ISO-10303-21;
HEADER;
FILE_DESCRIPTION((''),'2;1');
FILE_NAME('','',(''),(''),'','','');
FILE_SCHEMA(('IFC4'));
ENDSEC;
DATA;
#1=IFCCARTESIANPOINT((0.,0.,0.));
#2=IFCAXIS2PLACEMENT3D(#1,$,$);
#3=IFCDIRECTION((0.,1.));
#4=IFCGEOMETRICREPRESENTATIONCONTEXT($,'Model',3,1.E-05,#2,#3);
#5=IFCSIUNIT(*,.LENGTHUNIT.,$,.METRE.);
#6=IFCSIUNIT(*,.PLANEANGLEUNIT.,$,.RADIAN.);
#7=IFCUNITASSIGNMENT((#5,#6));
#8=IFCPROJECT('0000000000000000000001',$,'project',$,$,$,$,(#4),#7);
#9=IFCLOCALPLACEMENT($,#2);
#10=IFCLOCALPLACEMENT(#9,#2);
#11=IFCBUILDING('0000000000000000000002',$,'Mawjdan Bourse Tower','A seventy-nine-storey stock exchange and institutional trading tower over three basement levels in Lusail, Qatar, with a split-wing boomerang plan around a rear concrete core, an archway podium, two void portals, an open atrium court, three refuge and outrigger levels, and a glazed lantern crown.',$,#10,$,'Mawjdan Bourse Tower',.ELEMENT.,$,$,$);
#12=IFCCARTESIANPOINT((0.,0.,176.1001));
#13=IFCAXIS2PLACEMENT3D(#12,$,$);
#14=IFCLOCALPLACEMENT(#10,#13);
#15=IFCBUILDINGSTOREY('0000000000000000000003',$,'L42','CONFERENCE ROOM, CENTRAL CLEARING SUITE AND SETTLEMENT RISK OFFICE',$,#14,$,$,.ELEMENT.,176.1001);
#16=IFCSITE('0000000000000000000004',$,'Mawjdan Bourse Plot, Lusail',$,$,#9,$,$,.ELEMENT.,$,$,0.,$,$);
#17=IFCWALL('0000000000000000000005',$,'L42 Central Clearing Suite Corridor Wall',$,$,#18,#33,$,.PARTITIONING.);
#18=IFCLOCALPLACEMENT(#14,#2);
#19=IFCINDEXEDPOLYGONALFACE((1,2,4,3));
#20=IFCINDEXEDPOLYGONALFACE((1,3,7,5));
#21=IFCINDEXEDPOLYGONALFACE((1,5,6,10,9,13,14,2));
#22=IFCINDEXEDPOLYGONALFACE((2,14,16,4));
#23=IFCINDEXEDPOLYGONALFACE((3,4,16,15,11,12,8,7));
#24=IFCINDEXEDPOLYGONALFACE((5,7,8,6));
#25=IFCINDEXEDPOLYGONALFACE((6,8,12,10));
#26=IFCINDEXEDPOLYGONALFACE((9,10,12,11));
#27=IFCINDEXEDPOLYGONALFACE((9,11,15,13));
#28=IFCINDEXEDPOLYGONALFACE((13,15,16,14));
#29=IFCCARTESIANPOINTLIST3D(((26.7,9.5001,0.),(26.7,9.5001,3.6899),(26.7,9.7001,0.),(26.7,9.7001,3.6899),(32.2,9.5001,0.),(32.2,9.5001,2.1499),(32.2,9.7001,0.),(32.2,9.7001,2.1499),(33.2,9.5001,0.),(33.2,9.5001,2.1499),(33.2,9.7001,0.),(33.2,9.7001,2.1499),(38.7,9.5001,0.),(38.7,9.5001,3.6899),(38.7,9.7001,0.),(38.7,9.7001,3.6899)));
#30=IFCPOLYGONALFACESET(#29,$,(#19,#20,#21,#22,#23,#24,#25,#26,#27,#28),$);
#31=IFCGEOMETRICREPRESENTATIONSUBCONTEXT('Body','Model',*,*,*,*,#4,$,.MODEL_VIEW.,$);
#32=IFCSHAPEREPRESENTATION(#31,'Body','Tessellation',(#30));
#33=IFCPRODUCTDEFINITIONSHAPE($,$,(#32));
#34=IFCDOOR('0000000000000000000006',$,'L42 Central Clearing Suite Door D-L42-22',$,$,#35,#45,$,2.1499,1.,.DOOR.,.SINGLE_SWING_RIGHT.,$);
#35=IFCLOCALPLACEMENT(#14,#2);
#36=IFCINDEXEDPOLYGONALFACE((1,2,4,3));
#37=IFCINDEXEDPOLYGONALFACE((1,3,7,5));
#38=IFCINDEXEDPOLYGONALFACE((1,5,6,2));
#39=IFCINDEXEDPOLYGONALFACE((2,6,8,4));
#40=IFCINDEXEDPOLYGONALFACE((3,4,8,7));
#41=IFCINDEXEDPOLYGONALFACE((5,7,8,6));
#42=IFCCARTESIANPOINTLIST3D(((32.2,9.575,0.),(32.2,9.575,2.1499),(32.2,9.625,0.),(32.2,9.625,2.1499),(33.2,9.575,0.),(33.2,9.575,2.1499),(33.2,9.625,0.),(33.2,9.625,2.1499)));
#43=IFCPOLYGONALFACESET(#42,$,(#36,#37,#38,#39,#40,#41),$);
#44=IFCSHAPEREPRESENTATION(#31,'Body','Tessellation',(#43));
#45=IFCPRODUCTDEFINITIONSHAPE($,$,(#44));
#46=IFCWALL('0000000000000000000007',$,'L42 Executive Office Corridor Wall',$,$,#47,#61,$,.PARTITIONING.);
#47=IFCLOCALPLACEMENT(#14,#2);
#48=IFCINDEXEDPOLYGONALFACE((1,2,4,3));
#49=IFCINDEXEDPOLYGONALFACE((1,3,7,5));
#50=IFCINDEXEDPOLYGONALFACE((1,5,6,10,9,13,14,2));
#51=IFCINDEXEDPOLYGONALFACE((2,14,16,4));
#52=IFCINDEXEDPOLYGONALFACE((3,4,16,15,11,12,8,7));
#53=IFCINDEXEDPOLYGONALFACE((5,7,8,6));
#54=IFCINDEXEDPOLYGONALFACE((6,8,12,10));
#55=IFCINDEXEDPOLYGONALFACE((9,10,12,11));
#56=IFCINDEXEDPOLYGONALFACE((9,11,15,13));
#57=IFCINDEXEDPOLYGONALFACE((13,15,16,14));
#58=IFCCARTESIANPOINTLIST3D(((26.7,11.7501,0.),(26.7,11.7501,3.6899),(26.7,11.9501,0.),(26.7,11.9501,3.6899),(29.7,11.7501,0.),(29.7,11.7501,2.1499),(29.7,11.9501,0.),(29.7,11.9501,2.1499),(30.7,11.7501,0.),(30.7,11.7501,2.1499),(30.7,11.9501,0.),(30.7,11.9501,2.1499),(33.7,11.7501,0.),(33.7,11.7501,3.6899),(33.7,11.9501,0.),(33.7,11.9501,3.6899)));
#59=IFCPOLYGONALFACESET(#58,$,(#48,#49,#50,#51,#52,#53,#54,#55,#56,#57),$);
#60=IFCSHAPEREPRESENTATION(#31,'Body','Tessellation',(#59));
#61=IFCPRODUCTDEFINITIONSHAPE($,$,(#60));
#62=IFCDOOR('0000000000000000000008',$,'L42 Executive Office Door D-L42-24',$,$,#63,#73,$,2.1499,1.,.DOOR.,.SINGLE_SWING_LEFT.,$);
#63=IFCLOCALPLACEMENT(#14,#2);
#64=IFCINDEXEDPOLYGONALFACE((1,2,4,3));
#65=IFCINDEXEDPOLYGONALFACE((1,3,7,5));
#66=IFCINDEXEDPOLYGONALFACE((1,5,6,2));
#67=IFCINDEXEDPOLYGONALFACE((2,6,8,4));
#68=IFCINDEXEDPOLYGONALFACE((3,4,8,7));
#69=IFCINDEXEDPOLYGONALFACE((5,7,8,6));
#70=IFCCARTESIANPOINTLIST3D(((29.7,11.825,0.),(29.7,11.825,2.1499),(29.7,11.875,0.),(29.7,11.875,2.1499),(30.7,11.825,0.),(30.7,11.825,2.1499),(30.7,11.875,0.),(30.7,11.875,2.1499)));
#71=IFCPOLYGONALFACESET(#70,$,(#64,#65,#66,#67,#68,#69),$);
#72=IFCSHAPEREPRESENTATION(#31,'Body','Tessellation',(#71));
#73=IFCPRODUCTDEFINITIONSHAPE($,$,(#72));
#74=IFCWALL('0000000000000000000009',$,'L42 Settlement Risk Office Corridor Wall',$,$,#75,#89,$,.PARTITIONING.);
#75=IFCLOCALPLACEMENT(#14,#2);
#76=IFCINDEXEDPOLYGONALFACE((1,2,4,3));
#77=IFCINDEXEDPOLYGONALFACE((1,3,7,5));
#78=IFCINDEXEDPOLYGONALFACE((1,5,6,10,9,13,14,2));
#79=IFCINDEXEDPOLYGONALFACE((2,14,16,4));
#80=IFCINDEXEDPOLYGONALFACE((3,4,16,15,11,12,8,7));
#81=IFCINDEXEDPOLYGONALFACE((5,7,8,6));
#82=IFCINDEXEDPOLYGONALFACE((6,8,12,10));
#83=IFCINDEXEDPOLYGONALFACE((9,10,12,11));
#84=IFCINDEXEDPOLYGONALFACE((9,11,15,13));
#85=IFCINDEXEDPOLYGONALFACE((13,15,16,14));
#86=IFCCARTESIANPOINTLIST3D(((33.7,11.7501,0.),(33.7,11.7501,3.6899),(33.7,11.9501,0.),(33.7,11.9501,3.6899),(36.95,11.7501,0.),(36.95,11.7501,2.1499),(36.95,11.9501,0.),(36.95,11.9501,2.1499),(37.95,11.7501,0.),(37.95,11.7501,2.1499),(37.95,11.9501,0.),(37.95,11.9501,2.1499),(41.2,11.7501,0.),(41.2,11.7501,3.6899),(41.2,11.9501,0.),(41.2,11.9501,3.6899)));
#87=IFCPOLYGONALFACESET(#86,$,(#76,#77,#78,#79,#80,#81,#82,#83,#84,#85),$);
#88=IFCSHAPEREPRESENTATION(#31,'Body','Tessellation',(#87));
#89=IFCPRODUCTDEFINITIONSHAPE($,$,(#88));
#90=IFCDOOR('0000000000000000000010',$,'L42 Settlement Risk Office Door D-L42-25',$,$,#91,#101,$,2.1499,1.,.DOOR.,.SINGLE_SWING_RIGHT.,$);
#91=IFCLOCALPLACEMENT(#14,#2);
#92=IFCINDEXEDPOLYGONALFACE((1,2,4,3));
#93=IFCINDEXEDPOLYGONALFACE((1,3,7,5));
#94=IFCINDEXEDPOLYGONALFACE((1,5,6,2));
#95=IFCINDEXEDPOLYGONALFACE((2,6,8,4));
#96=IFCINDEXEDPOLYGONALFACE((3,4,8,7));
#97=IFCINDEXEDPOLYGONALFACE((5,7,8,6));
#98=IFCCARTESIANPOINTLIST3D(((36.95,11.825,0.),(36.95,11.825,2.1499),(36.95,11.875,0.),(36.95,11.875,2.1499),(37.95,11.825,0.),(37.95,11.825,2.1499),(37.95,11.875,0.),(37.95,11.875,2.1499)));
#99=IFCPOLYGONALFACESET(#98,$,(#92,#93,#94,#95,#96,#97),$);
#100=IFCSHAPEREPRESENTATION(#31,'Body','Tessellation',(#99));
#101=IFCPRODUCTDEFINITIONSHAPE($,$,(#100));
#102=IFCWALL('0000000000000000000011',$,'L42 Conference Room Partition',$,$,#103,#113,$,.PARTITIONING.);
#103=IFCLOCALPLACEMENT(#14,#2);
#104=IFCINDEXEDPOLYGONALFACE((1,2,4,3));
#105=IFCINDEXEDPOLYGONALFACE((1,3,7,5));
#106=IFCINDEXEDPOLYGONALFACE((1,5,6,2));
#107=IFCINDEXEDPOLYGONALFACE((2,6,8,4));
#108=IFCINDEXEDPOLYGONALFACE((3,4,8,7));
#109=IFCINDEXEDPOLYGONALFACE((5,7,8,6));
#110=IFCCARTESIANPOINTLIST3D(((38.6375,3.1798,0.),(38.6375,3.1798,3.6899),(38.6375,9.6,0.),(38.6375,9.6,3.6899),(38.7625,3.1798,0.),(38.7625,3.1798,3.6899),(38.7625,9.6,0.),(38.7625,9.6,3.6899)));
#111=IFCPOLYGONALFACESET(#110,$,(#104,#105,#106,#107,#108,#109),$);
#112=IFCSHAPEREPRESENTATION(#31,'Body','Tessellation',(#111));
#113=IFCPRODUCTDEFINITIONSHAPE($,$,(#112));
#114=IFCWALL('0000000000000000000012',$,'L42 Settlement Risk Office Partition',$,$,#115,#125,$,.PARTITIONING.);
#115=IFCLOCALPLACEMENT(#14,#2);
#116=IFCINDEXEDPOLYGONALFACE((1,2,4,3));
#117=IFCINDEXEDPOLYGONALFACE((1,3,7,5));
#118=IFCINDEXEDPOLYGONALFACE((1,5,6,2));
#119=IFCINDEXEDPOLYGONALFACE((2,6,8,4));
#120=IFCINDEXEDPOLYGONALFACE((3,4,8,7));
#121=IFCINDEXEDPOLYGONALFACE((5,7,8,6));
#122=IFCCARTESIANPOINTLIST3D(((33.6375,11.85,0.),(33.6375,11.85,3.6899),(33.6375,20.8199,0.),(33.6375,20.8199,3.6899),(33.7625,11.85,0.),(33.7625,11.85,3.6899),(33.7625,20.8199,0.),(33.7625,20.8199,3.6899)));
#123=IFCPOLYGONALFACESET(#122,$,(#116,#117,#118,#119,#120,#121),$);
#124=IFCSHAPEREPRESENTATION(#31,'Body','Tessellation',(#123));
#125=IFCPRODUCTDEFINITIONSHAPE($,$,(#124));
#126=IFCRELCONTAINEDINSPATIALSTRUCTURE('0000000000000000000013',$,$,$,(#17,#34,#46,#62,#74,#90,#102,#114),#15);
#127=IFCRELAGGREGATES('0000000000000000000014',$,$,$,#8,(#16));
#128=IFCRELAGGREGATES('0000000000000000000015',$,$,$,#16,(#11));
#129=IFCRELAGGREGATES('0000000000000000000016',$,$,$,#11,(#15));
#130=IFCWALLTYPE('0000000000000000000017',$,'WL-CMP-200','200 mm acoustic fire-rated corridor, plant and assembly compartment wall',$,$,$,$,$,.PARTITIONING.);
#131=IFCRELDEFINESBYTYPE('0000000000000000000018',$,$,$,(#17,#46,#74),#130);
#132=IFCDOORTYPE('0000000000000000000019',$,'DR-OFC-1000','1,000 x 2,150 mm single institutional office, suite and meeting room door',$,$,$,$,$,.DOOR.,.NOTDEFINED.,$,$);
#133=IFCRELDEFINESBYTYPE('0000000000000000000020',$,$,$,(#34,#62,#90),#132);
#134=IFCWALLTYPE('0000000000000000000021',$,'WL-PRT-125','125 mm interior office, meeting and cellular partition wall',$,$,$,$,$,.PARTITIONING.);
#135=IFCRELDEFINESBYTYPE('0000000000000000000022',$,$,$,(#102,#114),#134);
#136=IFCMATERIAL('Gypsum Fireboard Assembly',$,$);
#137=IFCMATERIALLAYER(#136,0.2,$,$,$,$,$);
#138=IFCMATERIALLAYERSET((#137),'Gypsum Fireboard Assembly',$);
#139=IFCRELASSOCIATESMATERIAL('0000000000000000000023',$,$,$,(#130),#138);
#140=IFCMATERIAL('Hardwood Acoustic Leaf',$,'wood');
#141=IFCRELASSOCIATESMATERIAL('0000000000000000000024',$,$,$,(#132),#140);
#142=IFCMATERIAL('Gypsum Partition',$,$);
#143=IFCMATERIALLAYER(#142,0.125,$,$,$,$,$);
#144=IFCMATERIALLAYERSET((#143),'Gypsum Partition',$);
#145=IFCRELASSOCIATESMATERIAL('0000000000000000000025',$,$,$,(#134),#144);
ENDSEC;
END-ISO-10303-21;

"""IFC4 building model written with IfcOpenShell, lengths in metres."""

from ifc_helpers import new_model, si_unit, direction, frame, frame_2d, origin, place, context, subcontext, project, spatial, rectangle, extrude, material, layer, layer_set, type_object, element, fill, save


model = new_model("IFC4")

# Units and contexts
model_context = context("Model", 3, precision=1e-05, world=origin(), true_north=direction((0.0, 1.0)))
body_context = subcontext(model_context, "Body", "Model", "MODEL_VIEW")
ifc_project = project(units=[si_unit("LENGTHUNIT", "METRE"), si_unit("PLANEANGLEUNIT", "RADIAN")], contexts=[model_context])

# Site, building, storey
site_placement = place(None, origin())
site = spatial("IfcSite", under=ifc_project, at=site_placement, Name="Mawjdan Bourse Plot, Lusail", CompositionType="ELEMENT", RefElevation=0.0)
building_placement = place(site_placement, origin())
building = spatial("IfcBuilding", under=site, at=building_placement, Name="Mawjdan Bourse Tower", Description="A seventy-nine-storey stock exchange and institutional trading tower over three basement levels in Lusail, Qatar, with a split-wing boomerang plan around a rear concrete core, an archway podium, two void portals, an open atrium court, three refuge and outrigger levels, and a glazed lantern crown.", LongName="Mawjdan Bourse Tower", CompositionType="ELEMENT")
storey_placement = place(building_placement, frame((0.0, 0.0, 176.1001)))
storey = spatial("IfcBuildingStorey", under=building, at=storey_placement, Name="L42", Description="CONFERENCE ROOM, CENTRAL CLEARING SUITE AND SETTLEMENT RISK OFFICE", CompositionType="ELEMENT", Elevation=176.1001)

# Shared definitions
ifc_material_1 = material(Name="Gypsum Fireboard Assembly")
ifc_layer_1 = layer(ifc_material_1, 0.2)
ifc_layer_set_1 = layer_set([ifc_layer_1], Name="Gypsum Fireboard Assembly")
wall_type_1 = type_object("IfcWallType", Name="WL-CMP-200", Description="200 mm acoustic fire-rated corridor, plant and assembly compartment wall", PredefinedType="PARTITIONING", material=ifc_layer_set_1)

# Walls, openings, doors
wall_1_placement = place(storey_placement, frame((26.7, 9.6001, 0.0), z_axis=(0.0, 0.0, 1.0), x_axis=(1.0, 0.0, 0.0)))
wall_1 = element("IfcWall", 1, at=wall_1_placement, inside=storey, type_object=wall_type_1, Name="L42 Central Clearing Suite Corridor Wall", PredefinedType="PARTITIONING", context=body_context, shape_type="SweptSolid", body=[
    extrude(rectangle(XDim=12.0, YDim=0.2, at=frame_2d((6.0, 0.0))), origin(), (0.0, 0.0, 1.0), 3.6899),
])
opening_1_placement = place(wall_1_placement, frame((5.5, 0.0, 0.0)))
opening_1 = element("IfcOpeningElement", 2, at=opening_1_placement, cuts=wall_1, PredefinedType="OPENING", context=body_context, shape_type="SweptSolid", body=[
    extrude(rectangle(XDim=1.0, YDim=2.1499, at=frame_2d((0.5, 1.075))), frame((0.0, 0.1099, 0.0), z_axis=(0.0, -1.0, 0.0), x_axis=(1.0, 0.0, 0.0)), (0.0, 0.0, 1.0), 0.22),
])
ifc_material_2 = material(Name="Hardwood Acoustic Leaf", Category="wood")
door_type = type_object("IfcDoorType", Name="DR-OFC-1000", Description="1,000 x 2,150 mm single institutional office, suite and meeting room door", OperationType="NOTDEFINED", PredefinedType="DOOR", material=ifc_material_2)
door_1_placement = place(opening_1_placement, origin())
door_1 = element("IfcDoor", 3, at=door_1_placement, inside=storey, type_object=door_type, Name="L42 Central Clearing Suite Door D-L42-22", OperationType="SINGLE_SWING_RIGHT", OverallHeight=2.1499, OverallWidth=1.0, PredefinedType="DOOR", context=body_context, shape_type="SweptSolid", body=[
    extrude(rectangle(XDim=1.0, YDim=2.1499, at=frame_2d((0.5, 1.075))), frame((0.0, 0.0249, 0.0), z_axis=(0.0, -1.0, 0.0), x_axis=(1.0, 0.0, 0.0)), (0.0, 0.0, 1.0), 0.05),
])
fill(opening_1, door_1)
wall_2_placement = place(storey_placement, frame((26.7, 11.8501, 0.0), z_axis=(0.0, 0.0, 1.0), x_axis=(1.0, 0.0, 0.0)))
wall_2 = element("IfcWall", 4, at=wall_2_placement, inside=storey, type_object=wall_type_1, Name="L42 Executive Office Corridor Wall", PredefinedType="PARTITIONING", context=body_context, shape_type="SweptSolid", body=[
    extrude(rectangle(XDim=7.0, YDim=0.2, at=frame_2d((3.5, 0.0))), origin(), (0.0, 0.0, 1.0), 3.6899),
])
opening_2_placement = place(wall_2_placement, frame((3.0, 0.0, 0.0)))
opening_2 = element("IfcOpeningElement", 5, at=opening_2_placement, cuts=wall_2, PredefinedType="OPENING", context=body_context, shape_type="SweptSolid", body=[
    extrude(rectangle(XDim=1.0, YDim=2.1499, at=frame_2d((0.5, 1.075))), frame((0.0, 0.1099, 0.0), z_axis=(0.0, -1.0, 0.0), x_axis=(1.0, 0.0, 0.0)), (0.0, 0.0, 1.0), 0.22),
])
door_2_placement = place(opening_2_placement, origin())
door_2 = element("IfcDoor", 6, at=door_2_placement, inside=storey, type_object=door_type, Name="L42 Executive Office Door D-L42-24", OperationType="SINGLE_SWING_LEFT", OverallHeight=2.1499, OverallWidth=1.0, PredefinedType="DOOR", context=body_context, shape_type="SweptSolid", body=[
    extrude(rectangle(XDim=1.0, YDim=2.1499, at=frame_2d((0.5, 1.075))), frame((0.0, 0.0249, 0.0), z_axis=(0.0, -1.0, 0.0), x_axis=(1.0, 0.0, 0.0)), (0.0, 0.0, 1.0), 0.05),
])
fill(opening_2, door_2)
wall_3_placement = place(storey_placement, frame((33.7, 11.8501, 0.0), z_axis=(0.0, 0.0, 1.0), x_axis=(1.0, 0.0, 0.0)))
wall_3 = element("IfcWall", 7, at=wall_3_placement, inside=storey, type_object=wall_type_1, Name="L42 Settlement Risk Office Corridor Wall", PredefinedType="PARTITIONING", context=body_context, shape_type="SweptSolid", body=[
    extrude(rectangle(XDim=7.5, YDim=0.2, at=frame_2d((3.75, 0.0))), origin(), (0.0, 0.0, 1.0), 3.6899),
])
opening_3_placement = place(wall_3_placement, frame((3.25, 0.0, 0.0)))
opening_3 = element("IfcOpeningElement", 8, at=opening_3_placement, cuts=wall_3, PredefinedType="OPENING", context=body_context, shape_type="SweptSolid", body=[
    extrude(rectangle(XDim=1.0, YDim=2.1499, at=frame_2d((0.5, 1.075))), frame((0.0, 0.1099, 0.0), z_axis=(0.0, -1.0, 0.0), x_axis=(1.0, 0.0, 0.0)), (0.0, 0.0, 1.0), 0.22),
])
door_3_placement = place(opening_3_placement, origin())
door_3 = element("IfcDoor", 9, at=door_3_placement, inside=storey, type_object=door_type, Name="L42 Settlement Risk Office Door D-L42-25", OperationType="SINGLE_SWING_RIGHT", OverallHeight=2.1499, OverallWidth=1.0, PredefinedType="DOOR", context=body_context, shape_type="SweptSolid", body=[
    extrude(rectangle(XDim=1.0, YDim=2.1499, at=frame_2d((0.5, 1.075))), frame((0.0, 0.0249, 0.0), z_axis=(0.0, -1.0, 0.0), x_axis=(1.0, 0.0, 0.0)), (0.0, 0.0, 1.0), 0.05),
])
fill(opening_3, door_3)

# Walls
ifc_material_3 = material(Name="Gypsum Partition")
ifc_layer_2 = layer(ifc_material_3, 0.125)
ifc_layer_set_2 = layer_set([ifc_layer_2], Name="Gypsum Partition")
wall_type_2 = type_object("IfcWallType", Name="WL-PRT-125", Description="125 mm interior office, meeting and cellular partition wall", PredefinedType="PARTITIONING", material=ifc_layer_set_2)
wall_4_placement = place(storey_placement, frame((38.7, 3.1799, 0.0), z_axis=(0.0, 0.0, 1.0), x_axis=(0.0, 1.0, 0.0)))
element("IfcWall", 10, at=wall_4_placement, inside=storey, type_object=wall_type_2, Name="L42 Conference Room Partition", PredefinedType="PARTITIONING", context=body_context, shape_type="SweptSolid", body=[
    extrude(rectangle(XDim=6.4202, YDim=0.125, at=frame_2d((3.21, 0.0))), origin(), (0.0, 0.0, 1.0), 3.6899),
])
wall_5_placement = place(storey_placement, frame((33.7, 11.8501, 0.0), z_axis=(0.0, 0.0, 1.0), x_axis=(0.0, 1.0, 0.0)))
element("IfcWall", 11, at=wall_5_placement, inside=storey, type_object=wall_type_2, Name="L42 Settlement Risk Office Partition", PredefinedType="PARTITIONING", context=body_context, shape_type="SweptSolid", body=[
    extrude(rectangle(XDim=8.97, YDim=0.125, at=frame_2d((4.4849, 0.0))), origin(), (0.0, 0.0, 1.0), 3.6899),
])

save(model, "model.ifc")
